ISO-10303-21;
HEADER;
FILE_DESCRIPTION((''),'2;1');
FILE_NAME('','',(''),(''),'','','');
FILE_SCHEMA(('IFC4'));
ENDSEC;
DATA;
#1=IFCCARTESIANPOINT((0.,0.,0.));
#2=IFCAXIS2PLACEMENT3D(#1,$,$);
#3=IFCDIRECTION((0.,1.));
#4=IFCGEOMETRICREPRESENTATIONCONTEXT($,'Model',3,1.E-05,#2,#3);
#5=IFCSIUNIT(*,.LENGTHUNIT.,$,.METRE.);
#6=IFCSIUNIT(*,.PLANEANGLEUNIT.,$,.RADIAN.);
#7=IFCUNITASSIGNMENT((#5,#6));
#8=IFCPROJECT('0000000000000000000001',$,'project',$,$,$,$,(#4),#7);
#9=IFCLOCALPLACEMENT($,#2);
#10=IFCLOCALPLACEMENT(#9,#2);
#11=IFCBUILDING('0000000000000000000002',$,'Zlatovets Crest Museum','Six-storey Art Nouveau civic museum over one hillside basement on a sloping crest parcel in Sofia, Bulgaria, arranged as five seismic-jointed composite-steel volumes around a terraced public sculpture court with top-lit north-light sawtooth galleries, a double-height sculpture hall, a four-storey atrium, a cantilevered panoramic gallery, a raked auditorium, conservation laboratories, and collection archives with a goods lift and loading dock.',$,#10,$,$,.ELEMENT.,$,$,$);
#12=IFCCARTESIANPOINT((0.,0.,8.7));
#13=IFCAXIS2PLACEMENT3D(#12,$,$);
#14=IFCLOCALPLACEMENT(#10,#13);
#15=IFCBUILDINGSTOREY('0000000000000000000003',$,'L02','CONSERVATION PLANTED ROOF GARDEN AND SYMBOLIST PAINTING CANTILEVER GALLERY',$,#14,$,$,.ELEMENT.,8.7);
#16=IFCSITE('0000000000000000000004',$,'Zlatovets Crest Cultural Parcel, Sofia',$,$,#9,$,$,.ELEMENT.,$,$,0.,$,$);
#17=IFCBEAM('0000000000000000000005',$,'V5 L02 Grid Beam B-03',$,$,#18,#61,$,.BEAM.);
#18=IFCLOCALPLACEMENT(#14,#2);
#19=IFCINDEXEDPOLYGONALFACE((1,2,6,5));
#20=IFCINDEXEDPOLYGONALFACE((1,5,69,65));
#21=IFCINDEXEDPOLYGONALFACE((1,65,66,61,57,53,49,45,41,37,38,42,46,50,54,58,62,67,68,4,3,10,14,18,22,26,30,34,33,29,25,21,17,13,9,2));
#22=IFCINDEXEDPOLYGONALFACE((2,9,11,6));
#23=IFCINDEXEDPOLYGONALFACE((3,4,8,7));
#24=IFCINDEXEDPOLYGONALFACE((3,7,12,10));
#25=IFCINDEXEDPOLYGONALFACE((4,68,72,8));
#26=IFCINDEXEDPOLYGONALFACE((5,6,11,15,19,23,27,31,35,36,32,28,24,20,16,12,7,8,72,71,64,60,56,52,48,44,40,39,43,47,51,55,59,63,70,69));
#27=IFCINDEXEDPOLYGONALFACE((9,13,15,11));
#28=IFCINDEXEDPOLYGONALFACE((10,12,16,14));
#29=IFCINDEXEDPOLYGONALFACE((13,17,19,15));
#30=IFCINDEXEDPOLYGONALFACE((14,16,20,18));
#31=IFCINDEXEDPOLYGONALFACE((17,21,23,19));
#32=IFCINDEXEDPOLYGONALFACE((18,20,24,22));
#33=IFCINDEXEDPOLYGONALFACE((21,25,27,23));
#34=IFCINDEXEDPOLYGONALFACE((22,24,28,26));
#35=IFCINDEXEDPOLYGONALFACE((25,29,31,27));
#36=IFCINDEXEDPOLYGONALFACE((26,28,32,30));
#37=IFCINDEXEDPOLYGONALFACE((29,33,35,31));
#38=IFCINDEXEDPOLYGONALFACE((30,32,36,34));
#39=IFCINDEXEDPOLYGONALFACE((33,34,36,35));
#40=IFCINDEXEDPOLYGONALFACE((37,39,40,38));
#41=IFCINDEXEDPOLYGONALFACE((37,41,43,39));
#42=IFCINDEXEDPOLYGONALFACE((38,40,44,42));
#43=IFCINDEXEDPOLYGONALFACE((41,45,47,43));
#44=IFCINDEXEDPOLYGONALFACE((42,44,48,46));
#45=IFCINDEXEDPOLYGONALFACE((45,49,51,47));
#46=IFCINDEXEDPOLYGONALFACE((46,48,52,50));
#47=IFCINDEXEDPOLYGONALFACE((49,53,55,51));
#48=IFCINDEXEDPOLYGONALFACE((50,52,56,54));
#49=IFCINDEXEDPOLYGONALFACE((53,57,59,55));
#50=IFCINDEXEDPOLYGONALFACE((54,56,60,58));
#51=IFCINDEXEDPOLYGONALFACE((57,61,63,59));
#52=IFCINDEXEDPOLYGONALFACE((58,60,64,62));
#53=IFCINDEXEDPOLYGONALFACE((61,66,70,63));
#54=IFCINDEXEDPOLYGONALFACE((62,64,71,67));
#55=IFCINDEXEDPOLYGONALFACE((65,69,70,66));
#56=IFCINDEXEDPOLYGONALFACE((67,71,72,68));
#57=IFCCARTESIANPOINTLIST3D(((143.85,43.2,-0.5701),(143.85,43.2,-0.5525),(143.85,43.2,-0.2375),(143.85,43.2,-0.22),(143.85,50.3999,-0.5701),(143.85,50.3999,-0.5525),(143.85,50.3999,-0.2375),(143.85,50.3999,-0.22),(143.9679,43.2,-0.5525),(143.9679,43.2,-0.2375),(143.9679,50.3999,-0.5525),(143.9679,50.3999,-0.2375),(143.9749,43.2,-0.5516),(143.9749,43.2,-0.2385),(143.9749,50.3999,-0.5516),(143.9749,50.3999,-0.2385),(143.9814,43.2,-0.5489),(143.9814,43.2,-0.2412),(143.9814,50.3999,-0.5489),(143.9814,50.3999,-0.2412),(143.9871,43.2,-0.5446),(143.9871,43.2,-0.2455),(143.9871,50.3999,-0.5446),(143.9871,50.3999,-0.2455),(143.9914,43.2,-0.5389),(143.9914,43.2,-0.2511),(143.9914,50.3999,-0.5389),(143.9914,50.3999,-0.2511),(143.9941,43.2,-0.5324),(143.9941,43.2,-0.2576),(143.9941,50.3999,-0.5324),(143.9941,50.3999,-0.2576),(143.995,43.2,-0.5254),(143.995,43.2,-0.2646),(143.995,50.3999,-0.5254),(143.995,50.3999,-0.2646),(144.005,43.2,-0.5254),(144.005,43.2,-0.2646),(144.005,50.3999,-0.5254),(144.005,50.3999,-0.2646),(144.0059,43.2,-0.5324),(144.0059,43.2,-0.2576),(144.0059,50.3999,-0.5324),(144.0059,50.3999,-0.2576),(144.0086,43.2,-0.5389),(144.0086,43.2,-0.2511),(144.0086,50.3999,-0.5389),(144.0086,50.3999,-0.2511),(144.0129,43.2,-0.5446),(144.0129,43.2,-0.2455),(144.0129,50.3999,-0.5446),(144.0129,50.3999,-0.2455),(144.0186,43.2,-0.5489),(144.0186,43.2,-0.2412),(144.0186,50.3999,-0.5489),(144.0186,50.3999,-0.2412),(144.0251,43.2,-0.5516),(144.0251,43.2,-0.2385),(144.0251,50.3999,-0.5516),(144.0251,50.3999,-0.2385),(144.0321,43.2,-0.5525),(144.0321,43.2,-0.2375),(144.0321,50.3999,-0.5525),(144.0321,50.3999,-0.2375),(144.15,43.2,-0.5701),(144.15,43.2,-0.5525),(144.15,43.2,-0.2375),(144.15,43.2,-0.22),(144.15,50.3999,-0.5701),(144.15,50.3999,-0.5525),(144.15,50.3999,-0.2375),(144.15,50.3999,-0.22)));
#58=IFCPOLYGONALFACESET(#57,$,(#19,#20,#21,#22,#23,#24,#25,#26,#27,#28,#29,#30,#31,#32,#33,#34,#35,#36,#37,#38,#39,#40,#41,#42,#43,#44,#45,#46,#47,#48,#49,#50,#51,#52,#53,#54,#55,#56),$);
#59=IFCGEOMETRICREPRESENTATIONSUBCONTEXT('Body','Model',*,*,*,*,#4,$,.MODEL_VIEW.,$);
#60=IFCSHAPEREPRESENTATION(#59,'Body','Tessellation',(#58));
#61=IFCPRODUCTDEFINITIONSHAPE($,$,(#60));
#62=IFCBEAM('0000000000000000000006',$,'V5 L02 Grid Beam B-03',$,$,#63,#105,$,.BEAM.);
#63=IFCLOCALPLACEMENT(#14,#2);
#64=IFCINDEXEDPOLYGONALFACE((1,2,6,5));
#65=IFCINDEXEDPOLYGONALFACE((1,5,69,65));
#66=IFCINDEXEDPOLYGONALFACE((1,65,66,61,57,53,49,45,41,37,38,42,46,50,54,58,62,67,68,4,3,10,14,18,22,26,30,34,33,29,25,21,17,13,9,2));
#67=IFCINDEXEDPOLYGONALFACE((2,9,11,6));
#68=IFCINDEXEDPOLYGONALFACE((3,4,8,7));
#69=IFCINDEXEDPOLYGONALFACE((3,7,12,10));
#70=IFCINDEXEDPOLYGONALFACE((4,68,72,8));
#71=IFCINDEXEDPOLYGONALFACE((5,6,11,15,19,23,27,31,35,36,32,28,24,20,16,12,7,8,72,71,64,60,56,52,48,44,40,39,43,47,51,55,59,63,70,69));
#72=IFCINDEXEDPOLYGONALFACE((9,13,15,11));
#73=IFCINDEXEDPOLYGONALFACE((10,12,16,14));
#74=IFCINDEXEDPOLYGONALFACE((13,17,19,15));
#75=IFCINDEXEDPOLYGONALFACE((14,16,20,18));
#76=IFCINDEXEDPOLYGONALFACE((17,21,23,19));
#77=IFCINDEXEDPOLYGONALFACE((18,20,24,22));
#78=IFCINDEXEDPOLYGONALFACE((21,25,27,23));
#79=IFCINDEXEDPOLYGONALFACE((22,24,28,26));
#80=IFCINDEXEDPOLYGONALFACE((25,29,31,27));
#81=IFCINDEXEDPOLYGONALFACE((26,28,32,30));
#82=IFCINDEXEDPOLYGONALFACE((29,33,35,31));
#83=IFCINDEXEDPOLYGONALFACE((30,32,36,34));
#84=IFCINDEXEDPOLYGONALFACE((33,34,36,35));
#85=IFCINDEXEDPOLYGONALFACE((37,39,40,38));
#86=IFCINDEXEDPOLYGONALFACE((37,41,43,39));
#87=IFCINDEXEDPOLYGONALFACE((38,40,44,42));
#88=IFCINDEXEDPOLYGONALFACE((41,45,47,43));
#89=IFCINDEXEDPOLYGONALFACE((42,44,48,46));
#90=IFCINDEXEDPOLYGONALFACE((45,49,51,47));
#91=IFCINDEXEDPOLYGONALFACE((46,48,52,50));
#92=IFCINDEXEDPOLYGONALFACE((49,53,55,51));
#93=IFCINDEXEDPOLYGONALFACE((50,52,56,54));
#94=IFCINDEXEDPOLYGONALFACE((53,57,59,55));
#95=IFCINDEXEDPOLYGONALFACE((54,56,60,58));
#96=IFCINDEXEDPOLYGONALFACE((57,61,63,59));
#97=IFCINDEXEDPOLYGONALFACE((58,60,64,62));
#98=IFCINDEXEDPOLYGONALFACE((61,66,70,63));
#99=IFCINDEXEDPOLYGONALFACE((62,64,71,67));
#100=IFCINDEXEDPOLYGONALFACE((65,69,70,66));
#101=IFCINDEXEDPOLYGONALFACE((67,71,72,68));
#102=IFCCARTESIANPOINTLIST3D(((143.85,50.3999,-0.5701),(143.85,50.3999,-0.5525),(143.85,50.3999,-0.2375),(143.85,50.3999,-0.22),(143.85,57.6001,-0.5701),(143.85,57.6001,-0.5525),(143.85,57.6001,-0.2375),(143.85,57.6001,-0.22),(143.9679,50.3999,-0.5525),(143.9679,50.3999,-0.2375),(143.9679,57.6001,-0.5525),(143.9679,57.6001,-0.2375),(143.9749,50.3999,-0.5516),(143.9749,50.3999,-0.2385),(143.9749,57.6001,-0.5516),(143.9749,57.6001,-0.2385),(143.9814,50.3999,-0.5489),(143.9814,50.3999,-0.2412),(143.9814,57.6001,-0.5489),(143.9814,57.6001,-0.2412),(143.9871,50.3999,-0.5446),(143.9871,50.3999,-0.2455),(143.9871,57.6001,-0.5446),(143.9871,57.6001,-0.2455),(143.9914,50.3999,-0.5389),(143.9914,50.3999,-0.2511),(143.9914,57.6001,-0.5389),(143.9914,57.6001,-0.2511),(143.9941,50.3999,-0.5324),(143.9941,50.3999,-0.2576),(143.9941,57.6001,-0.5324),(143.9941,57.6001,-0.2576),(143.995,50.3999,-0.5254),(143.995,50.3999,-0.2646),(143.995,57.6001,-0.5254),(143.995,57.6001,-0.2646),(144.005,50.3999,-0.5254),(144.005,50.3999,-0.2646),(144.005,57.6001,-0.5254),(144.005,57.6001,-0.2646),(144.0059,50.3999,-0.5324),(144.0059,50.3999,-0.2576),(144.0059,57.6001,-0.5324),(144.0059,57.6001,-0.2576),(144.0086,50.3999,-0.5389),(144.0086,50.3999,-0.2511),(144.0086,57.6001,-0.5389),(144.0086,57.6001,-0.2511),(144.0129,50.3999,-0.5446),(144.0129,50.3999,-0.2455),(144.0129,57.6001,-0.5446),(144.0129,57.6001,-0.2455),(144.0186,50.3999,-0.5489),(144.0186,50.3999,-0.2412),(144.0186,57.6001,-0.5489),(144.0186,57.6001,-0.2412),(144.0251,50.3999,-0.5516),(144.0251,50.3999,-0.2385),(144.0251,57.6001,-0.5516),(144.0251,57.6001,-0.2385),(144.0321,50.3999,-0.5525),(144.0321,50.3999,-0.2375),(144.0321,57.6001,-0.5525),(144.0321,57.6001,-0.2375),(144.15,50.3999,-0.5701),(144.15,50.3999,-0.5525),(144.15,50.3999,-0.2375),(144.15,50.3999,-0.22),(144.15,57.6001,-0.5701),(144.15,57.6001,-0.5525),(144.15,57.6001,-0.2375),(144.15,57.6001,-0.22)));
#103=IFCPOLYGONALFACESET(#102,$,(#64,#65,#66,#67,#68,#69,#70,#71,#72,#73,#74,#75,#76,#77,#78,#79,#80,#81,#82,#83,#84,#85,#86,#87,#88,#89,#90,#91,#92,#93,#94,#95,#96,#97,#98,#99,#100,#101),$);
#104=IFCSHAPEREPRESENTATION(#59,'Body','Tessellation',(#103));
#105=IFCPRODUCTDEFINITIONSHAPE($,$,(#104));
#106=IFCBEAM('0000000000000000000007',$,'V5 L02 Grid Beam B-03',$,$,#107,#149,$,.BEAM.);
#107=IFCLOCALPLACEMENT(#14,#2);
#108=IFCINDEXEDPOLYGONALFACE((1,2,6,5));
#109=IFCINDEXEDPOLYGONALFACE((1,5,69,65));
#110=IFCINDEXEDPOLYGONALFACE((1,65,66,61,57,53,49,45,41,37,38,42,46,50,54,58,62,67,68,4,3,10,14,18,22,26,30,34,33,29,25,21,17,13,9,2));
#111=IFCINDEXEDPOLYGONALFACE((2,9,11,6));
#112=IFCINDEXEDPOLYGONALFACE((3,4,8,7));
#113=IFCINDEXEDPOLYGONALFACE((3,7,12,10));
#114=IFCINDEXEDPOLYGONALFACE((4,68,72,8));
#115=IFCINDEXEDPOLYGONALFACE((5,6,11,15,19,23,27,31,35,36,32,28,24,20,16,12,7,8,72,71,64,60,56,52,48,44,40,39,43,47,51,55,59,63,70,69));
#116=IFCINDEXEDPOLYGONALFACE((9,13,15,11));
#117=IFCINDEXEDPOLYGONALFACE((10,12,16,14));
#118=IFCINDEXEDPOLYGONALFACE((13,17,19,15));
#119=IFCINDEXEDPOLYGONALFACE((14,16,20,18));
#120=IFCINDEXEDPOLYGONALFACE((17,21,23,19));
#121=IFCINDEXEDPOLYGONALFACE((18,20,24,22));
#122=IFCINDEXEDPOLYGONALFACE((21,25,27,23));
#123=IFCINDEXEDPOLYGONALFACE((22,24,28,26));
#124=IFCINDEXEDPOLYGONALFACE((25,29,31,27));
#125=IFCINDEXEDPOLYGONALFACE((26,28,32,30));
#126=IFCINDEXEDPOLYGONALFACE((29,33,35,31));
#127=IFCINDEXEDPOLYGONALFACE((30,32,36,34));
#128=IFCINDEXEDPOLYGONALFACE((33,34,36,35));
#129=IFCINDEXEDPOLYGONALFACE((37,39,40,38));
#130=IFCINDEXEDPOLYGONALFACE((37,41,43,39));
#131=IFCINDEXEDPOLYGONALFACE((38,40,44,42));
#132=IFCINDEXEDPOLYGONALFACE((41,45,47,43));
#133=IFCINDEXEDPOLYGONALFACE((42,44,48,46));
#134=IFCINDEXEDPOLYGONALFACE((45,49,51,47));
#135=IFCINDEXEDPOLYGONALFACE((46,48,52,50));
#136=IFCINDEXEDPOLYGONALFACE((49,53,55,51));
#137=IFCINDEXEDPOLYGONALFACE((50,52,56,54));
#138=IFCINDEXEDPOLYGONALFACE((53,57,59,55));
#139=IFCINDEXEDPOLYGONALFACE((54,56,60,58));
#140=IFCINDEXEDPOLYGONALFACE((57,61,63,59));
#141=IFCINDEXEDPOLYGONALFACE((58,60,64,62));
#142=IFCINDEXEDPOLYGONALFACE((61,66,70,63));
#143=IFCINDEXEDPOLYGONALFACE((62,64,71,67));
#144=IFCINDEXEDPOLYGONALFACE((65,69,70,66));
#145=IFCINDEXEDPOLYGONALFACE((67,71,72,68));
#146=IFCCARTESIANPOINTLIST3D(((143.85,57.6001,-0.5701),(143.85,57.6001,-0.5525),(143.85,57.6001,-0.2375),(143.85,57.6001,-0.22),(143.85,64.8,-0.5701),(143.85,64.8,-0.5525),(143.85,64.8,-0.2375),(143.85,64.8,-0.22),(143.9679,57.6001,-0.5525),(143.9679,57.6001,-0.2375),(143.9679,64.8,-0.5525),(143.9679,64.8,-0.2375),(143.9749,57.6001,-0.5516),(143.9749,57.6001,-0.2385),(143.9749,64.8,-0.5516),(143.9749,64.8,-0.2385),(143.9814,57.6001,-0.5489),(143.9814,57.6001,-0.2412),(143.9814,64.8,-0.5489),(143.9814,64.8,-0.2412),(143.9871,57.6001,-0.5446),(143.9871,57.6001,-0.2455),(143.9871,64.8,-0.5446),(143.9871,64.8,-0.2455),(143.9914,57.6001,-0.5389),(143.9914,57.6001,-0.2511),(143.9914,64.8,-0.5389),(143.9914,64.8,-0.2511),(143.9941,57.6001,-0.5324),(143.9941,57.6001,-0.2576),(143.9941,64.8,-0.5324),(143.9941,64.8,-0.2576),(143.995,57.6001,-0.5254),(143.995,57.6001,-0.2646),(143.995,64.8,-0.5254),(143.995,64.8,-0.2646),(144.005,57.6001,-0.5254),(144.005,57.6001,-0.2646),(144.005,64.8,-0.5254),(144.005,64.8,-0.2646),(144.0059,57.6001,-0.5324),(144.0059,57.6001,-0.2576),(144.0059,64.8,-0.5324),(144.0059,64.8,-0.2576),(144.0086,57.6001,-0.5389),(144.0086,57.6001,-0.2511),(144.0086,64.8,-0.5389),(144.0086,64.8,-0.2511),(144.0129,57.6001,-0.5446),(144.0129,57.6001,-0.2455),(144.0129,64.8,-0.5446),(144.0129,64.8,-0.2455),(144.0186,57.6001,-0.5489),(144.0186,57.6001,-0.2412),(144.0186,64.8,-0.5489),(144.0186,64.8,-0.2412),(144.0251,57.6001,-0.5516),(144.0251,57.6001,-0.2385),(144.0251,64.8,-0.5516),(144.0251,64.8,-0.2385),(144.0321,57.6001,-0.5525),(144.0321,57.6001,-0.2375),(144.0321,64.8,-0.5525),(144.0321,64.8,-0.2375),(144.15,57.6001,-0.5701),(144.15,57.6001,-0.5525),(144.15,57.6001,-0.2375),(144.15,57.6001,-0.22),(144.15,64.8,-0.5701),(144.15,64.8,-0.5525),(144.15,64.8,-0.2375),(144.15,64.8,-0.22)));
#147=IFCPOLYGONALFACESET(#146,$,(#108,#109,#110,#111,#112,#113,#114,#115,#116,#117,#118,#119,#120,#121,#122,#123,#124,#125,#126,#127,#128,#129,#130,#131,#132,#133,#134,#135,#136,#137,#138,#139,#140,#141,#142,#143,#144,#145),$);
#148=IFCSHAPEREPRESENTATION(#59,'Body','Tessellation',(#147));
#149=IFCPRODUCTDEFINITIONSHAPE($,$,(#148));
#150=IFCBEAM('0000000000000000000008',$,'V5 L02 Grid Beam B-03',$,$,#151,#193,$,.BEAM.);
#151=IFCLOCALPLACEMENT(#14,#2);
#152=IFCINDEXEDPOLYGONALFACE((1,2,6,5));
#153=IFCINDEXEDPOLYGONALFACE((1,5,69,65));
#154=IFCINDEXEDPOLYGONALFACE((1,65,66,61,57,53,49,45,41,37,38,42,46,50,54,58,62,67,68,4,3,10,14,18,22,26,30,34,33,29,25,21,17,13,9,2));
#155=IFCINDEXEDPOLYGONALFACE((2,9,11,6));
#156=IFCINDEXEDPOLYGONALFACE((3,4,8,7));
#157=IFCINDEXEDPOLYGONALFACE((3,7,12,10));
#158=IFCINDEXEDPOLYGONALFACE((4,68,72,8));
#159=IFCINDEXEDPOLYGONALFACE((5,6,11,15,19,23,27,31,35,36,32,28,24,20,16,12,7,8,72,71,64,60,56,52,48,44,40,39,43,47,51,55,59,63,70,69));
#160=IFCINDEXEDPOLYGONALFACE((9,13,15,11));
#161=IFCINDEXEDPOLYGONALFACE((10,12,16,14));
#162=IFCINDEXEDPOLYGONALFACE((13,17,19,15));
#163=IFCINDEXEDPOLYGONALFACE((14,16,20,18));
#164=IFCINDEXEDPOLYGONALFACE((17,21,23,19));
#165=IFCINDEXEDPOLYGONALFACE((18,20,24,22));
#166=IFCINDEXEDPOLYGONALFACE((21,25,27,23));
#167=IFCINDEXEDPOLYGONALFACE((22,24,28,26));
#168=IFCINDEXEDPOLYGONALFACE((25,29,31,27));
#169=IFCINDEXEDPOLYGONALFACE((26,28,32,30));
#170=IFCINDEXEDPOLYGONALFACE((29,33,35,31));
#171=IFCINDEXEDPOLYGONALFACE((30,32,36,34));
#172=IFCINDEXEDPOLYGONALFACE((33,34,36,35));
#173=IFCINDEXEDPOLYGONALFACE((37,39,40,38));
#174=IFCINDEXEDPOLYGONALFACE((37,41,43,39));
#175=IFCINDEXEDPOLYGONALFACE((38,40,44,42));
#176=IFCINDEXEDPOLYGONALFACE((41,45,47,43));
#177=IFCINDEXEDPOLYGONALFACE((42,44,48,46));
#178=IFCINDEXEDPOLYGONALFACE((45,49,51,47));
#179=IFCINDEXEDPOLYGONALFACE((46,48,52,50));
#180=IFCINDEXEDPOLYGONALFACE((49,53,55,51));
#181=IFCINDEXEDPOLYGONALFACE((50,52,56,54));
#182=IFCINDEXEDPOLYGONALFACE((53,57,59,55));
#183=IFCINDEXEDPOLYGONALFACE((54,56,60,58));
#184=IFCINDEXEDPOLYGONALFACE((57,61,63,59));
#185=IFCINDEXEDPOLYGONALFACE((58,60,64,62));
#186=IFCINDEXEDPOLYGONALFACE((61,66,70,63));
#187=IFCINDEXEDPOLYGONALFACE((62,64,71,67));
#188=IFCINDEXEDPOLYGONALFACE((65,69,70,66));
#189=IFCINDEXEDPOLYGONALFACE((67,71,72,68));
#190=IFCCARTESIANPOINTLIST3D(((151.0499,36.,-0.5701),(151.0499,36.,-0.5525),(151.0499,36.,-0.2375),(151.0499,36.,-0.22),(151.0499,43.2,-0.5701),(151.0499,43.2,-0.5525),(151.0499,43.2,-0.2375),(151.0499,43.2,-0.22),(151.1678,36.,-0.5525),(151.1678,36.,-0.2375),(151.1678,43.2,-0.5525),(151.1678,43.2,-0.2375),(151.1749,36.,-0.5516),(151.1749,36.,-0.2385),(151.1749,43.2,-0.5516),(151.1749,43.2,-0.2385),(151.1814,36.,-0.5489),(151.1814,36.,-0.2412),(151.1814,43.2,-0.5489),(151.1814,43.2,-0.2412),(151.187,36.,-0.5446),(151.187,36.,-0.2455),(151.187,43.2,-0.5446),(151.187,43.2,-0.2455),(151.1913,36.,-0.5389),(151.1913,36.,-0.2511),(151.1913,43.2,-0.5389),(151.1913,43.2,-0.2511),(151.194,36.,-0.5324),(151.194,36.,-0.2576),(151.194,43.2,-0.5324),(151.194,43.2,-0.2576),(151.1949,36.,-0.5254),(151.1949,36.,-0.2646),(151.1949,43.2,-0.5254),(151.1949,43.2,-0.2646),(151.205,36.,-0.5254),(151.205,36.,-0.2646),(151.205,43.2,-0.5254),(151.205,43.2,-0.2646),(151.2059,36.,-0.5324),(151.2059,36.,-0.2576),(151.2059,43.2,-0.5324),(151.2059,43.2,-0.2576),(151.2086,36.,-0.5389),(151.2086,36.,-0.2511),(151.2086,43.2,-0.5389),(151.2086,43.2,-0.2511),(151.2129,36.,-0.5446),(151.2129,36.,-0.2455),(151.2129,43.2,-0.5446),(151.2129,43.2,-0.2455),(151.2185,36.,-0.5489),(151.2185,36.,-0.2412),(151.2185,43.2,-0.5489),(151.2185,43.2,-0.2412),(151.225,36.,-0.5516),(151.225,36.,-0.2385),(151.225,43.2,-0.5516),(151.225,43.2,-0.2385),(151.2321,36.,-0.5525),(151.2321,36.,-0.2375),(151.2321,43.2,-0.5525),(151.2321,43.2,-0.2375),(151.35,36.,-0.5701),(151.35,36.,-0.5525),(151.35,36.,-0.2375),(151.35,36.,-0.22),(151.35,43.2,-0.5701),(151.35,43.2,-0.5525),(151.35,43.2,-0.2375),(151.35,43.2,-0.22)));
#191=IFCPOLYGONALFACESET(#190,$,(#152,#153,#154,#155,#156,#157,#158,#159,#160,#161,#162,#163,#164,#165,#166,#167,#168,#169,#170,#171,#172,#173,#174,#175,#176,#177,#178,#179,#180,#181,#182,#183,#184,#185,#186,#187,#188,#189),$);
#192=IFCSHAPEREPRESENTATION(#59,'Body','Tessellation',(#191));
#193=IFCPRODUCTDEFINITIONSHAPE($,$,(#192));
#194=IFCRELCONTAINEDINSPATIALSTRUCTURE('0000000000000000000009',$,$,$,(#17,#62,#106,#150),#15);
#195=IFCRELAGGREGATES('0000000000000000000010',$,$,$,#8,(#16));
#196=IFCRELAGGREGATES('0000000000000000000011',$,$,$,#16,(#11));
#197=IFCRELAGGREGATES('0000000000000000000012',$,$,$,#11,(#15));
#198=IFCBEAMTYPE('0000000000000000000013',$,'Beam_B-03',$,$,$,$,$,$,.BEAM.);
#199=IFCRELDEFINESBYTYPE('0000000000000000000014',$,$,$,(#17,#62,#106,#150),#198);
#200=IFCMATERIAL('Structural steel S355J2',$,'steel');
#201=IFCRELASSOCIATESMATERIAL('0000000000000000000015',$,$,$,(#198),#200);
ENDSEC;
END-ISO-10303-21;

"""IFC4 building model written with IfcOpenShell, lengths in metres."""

from ifc_helpers import new_model, si_unit, direction, frame, origin, origin_2d, place, context, subcontext, project, spatial, i_section, extrude, material, material_profile, profile_set, type_object, element, save


model = new_model("IFC4")

# Units and contexts
model_context = context("Model", 3, precision=1e-05, world=origin(), true_north=direction((0.0, 1.0)))
body_context = subcontext(model_context, "Body", "Model", "MODEL_VIEW")
ifc_project = project(units=[si_unit("LENGTHUNIT", "METRE"), si_unit("PLANEANGLEUNIT", "RADIAN")], contexts=[model_context])

# Site, building, storey
site_placement = place(None, origin())
site = spatial("IfcSite", under=ifc_project, at=site_placement, Name="Zlatovets Crest Cultural Parcel, Sofia", CompositionType="ELEMENT", RefElevation=0.0)
building_placement = place(site_placement, origin())
building = spatial("IfcBuilding", under=site, at=building_placement, Name="Zlatovets Crest Museum", Description="Six-storey Art Nouveau civic museum over one hillside basement on a sloping crest parcel in Sofia, Bulgaria, arranged as five seismic-jointed composite-steel volumes around a terraced public sculpture court with top-lit north-light sawtooth galleries, a double-height sculpture hall, a four-storey atrium, a cantilevered panoramic gallery, a raked auditorium, conservation laboratories, and collection archives with a goods lift and loading dock.", CompositionType="ELEMENT")
storey_placement = place(building_placement, frame((0.0, 0.0, 8.7)))
storey = spatial("IfcBuildingStorey", under=building, at=storey_placement, Name="L02", Description="CONSERVATION PLANTED ROOF GARDEN AND SYMBOLIST PAINTING CANTILEVER GALLERY", CompositionType="ELEMENT", Elevation=8.7)

# Shared definitions
ifc_material_1 = material(Name="Structural steel S355J2", Category="steel")

# Beams
ifc_material_profile_1 = material_profile(ifc_material_1, i_section(OverallWidth=0.3, OverallDepth=0.3501, WebThickness=0.01, FlangeThickness=0.0176, FilletRadius=0.0271, at=origin_2d()), Name="HEA 360")
ifc_profile_set_1 = profile_set([ifc_material_profile_1], Name="Structural steel S355J2")
beam_type_1 = type_object("IfcBeamType", Name="Beam_B-03", PredefinedType="BEAM", material=ifc_profile_set_1)
for number, where, z_axis, x_axis, name in (
    (1, (144.0, 43.2, -0.395), (0.0, 1.0, 0.0), (-1.0, 0.0, 0.0), "V5 L02 Grid Beam B-03"),
):
    element("IfcBeam", number, at=place(storey_placement, frame(where, z_axis=z_axis, x_axis=x_axis)), inside=storey, type_object=beam_type_1, Name=name, PredefinedType="BEAM", context=body_context, shape_type="SweptSolid", body=[
        extrude(i_section(OverallWidth=0.3, OverallDepth=0.3501, WebThickness=0.01, FlangeThickness=0.0176, FilletRadius=0.0271, at=origin_2d()), origin(), (0.0, 0.0, 1.0), 7.2),
    ])
beam_1_placement = place(storey_placement, frame((144.0, 50.3999, -0.395), z_axis=(0.0, 1.0, 0.0), x_axis=(-1.0, 0.0, 0.0)))
element("IfcBeam", 2, at=beam_1_placement, inside=storey, type_object=beam_type_1, Name="V5 L02 Grid Beam B-03", PredefinedType="BEAM", context=body_context, shape_type="SweptSolid", body=[
    extrude(i_section(OverallWidth=0.3, OverallDepth=0.3501, WebThickness=0.01, FlangeThickness=0.0176, FilletRadius=0.0271, at=origin_2d()), origin(), (0.0, 0.0, 1.0), 7.2002),
])
for number, where, z_axis, x_axis, name in (
    (3, (144.0, 57.6001, -0.395), (0.0, 1.0, 0.0), (-1.0, 0.0, 0.0), "V5 L02 Grid Beam B-03"),
    (4, (151.2, 36.0, -0.395), (0.0, 1.0, 0.0), (-1.0, 0.0, 0.0), "V5 L02 Grid Beam B-03"),
):
    element("IfcBeam", number, at=place(storey_placement, frame(where, z_axis=z_axis, x_axis=x_axis)), inside=storey, type_object=beam_type_1, Name=name, PredefinedType="BEAM", context=body_context, shape_type="SweptSolid", body=[
        extrude(i_section(OverallWidth=0.3, OverallDepth=0.3501, WebThickness=0.01, FlangeThickness=0.0176, FilletRadius=0.0271, at=origin_2d()), origin(), (0.0, 0.0, 1.0), 7.2),
    ])

save(model, "model.ifc")
